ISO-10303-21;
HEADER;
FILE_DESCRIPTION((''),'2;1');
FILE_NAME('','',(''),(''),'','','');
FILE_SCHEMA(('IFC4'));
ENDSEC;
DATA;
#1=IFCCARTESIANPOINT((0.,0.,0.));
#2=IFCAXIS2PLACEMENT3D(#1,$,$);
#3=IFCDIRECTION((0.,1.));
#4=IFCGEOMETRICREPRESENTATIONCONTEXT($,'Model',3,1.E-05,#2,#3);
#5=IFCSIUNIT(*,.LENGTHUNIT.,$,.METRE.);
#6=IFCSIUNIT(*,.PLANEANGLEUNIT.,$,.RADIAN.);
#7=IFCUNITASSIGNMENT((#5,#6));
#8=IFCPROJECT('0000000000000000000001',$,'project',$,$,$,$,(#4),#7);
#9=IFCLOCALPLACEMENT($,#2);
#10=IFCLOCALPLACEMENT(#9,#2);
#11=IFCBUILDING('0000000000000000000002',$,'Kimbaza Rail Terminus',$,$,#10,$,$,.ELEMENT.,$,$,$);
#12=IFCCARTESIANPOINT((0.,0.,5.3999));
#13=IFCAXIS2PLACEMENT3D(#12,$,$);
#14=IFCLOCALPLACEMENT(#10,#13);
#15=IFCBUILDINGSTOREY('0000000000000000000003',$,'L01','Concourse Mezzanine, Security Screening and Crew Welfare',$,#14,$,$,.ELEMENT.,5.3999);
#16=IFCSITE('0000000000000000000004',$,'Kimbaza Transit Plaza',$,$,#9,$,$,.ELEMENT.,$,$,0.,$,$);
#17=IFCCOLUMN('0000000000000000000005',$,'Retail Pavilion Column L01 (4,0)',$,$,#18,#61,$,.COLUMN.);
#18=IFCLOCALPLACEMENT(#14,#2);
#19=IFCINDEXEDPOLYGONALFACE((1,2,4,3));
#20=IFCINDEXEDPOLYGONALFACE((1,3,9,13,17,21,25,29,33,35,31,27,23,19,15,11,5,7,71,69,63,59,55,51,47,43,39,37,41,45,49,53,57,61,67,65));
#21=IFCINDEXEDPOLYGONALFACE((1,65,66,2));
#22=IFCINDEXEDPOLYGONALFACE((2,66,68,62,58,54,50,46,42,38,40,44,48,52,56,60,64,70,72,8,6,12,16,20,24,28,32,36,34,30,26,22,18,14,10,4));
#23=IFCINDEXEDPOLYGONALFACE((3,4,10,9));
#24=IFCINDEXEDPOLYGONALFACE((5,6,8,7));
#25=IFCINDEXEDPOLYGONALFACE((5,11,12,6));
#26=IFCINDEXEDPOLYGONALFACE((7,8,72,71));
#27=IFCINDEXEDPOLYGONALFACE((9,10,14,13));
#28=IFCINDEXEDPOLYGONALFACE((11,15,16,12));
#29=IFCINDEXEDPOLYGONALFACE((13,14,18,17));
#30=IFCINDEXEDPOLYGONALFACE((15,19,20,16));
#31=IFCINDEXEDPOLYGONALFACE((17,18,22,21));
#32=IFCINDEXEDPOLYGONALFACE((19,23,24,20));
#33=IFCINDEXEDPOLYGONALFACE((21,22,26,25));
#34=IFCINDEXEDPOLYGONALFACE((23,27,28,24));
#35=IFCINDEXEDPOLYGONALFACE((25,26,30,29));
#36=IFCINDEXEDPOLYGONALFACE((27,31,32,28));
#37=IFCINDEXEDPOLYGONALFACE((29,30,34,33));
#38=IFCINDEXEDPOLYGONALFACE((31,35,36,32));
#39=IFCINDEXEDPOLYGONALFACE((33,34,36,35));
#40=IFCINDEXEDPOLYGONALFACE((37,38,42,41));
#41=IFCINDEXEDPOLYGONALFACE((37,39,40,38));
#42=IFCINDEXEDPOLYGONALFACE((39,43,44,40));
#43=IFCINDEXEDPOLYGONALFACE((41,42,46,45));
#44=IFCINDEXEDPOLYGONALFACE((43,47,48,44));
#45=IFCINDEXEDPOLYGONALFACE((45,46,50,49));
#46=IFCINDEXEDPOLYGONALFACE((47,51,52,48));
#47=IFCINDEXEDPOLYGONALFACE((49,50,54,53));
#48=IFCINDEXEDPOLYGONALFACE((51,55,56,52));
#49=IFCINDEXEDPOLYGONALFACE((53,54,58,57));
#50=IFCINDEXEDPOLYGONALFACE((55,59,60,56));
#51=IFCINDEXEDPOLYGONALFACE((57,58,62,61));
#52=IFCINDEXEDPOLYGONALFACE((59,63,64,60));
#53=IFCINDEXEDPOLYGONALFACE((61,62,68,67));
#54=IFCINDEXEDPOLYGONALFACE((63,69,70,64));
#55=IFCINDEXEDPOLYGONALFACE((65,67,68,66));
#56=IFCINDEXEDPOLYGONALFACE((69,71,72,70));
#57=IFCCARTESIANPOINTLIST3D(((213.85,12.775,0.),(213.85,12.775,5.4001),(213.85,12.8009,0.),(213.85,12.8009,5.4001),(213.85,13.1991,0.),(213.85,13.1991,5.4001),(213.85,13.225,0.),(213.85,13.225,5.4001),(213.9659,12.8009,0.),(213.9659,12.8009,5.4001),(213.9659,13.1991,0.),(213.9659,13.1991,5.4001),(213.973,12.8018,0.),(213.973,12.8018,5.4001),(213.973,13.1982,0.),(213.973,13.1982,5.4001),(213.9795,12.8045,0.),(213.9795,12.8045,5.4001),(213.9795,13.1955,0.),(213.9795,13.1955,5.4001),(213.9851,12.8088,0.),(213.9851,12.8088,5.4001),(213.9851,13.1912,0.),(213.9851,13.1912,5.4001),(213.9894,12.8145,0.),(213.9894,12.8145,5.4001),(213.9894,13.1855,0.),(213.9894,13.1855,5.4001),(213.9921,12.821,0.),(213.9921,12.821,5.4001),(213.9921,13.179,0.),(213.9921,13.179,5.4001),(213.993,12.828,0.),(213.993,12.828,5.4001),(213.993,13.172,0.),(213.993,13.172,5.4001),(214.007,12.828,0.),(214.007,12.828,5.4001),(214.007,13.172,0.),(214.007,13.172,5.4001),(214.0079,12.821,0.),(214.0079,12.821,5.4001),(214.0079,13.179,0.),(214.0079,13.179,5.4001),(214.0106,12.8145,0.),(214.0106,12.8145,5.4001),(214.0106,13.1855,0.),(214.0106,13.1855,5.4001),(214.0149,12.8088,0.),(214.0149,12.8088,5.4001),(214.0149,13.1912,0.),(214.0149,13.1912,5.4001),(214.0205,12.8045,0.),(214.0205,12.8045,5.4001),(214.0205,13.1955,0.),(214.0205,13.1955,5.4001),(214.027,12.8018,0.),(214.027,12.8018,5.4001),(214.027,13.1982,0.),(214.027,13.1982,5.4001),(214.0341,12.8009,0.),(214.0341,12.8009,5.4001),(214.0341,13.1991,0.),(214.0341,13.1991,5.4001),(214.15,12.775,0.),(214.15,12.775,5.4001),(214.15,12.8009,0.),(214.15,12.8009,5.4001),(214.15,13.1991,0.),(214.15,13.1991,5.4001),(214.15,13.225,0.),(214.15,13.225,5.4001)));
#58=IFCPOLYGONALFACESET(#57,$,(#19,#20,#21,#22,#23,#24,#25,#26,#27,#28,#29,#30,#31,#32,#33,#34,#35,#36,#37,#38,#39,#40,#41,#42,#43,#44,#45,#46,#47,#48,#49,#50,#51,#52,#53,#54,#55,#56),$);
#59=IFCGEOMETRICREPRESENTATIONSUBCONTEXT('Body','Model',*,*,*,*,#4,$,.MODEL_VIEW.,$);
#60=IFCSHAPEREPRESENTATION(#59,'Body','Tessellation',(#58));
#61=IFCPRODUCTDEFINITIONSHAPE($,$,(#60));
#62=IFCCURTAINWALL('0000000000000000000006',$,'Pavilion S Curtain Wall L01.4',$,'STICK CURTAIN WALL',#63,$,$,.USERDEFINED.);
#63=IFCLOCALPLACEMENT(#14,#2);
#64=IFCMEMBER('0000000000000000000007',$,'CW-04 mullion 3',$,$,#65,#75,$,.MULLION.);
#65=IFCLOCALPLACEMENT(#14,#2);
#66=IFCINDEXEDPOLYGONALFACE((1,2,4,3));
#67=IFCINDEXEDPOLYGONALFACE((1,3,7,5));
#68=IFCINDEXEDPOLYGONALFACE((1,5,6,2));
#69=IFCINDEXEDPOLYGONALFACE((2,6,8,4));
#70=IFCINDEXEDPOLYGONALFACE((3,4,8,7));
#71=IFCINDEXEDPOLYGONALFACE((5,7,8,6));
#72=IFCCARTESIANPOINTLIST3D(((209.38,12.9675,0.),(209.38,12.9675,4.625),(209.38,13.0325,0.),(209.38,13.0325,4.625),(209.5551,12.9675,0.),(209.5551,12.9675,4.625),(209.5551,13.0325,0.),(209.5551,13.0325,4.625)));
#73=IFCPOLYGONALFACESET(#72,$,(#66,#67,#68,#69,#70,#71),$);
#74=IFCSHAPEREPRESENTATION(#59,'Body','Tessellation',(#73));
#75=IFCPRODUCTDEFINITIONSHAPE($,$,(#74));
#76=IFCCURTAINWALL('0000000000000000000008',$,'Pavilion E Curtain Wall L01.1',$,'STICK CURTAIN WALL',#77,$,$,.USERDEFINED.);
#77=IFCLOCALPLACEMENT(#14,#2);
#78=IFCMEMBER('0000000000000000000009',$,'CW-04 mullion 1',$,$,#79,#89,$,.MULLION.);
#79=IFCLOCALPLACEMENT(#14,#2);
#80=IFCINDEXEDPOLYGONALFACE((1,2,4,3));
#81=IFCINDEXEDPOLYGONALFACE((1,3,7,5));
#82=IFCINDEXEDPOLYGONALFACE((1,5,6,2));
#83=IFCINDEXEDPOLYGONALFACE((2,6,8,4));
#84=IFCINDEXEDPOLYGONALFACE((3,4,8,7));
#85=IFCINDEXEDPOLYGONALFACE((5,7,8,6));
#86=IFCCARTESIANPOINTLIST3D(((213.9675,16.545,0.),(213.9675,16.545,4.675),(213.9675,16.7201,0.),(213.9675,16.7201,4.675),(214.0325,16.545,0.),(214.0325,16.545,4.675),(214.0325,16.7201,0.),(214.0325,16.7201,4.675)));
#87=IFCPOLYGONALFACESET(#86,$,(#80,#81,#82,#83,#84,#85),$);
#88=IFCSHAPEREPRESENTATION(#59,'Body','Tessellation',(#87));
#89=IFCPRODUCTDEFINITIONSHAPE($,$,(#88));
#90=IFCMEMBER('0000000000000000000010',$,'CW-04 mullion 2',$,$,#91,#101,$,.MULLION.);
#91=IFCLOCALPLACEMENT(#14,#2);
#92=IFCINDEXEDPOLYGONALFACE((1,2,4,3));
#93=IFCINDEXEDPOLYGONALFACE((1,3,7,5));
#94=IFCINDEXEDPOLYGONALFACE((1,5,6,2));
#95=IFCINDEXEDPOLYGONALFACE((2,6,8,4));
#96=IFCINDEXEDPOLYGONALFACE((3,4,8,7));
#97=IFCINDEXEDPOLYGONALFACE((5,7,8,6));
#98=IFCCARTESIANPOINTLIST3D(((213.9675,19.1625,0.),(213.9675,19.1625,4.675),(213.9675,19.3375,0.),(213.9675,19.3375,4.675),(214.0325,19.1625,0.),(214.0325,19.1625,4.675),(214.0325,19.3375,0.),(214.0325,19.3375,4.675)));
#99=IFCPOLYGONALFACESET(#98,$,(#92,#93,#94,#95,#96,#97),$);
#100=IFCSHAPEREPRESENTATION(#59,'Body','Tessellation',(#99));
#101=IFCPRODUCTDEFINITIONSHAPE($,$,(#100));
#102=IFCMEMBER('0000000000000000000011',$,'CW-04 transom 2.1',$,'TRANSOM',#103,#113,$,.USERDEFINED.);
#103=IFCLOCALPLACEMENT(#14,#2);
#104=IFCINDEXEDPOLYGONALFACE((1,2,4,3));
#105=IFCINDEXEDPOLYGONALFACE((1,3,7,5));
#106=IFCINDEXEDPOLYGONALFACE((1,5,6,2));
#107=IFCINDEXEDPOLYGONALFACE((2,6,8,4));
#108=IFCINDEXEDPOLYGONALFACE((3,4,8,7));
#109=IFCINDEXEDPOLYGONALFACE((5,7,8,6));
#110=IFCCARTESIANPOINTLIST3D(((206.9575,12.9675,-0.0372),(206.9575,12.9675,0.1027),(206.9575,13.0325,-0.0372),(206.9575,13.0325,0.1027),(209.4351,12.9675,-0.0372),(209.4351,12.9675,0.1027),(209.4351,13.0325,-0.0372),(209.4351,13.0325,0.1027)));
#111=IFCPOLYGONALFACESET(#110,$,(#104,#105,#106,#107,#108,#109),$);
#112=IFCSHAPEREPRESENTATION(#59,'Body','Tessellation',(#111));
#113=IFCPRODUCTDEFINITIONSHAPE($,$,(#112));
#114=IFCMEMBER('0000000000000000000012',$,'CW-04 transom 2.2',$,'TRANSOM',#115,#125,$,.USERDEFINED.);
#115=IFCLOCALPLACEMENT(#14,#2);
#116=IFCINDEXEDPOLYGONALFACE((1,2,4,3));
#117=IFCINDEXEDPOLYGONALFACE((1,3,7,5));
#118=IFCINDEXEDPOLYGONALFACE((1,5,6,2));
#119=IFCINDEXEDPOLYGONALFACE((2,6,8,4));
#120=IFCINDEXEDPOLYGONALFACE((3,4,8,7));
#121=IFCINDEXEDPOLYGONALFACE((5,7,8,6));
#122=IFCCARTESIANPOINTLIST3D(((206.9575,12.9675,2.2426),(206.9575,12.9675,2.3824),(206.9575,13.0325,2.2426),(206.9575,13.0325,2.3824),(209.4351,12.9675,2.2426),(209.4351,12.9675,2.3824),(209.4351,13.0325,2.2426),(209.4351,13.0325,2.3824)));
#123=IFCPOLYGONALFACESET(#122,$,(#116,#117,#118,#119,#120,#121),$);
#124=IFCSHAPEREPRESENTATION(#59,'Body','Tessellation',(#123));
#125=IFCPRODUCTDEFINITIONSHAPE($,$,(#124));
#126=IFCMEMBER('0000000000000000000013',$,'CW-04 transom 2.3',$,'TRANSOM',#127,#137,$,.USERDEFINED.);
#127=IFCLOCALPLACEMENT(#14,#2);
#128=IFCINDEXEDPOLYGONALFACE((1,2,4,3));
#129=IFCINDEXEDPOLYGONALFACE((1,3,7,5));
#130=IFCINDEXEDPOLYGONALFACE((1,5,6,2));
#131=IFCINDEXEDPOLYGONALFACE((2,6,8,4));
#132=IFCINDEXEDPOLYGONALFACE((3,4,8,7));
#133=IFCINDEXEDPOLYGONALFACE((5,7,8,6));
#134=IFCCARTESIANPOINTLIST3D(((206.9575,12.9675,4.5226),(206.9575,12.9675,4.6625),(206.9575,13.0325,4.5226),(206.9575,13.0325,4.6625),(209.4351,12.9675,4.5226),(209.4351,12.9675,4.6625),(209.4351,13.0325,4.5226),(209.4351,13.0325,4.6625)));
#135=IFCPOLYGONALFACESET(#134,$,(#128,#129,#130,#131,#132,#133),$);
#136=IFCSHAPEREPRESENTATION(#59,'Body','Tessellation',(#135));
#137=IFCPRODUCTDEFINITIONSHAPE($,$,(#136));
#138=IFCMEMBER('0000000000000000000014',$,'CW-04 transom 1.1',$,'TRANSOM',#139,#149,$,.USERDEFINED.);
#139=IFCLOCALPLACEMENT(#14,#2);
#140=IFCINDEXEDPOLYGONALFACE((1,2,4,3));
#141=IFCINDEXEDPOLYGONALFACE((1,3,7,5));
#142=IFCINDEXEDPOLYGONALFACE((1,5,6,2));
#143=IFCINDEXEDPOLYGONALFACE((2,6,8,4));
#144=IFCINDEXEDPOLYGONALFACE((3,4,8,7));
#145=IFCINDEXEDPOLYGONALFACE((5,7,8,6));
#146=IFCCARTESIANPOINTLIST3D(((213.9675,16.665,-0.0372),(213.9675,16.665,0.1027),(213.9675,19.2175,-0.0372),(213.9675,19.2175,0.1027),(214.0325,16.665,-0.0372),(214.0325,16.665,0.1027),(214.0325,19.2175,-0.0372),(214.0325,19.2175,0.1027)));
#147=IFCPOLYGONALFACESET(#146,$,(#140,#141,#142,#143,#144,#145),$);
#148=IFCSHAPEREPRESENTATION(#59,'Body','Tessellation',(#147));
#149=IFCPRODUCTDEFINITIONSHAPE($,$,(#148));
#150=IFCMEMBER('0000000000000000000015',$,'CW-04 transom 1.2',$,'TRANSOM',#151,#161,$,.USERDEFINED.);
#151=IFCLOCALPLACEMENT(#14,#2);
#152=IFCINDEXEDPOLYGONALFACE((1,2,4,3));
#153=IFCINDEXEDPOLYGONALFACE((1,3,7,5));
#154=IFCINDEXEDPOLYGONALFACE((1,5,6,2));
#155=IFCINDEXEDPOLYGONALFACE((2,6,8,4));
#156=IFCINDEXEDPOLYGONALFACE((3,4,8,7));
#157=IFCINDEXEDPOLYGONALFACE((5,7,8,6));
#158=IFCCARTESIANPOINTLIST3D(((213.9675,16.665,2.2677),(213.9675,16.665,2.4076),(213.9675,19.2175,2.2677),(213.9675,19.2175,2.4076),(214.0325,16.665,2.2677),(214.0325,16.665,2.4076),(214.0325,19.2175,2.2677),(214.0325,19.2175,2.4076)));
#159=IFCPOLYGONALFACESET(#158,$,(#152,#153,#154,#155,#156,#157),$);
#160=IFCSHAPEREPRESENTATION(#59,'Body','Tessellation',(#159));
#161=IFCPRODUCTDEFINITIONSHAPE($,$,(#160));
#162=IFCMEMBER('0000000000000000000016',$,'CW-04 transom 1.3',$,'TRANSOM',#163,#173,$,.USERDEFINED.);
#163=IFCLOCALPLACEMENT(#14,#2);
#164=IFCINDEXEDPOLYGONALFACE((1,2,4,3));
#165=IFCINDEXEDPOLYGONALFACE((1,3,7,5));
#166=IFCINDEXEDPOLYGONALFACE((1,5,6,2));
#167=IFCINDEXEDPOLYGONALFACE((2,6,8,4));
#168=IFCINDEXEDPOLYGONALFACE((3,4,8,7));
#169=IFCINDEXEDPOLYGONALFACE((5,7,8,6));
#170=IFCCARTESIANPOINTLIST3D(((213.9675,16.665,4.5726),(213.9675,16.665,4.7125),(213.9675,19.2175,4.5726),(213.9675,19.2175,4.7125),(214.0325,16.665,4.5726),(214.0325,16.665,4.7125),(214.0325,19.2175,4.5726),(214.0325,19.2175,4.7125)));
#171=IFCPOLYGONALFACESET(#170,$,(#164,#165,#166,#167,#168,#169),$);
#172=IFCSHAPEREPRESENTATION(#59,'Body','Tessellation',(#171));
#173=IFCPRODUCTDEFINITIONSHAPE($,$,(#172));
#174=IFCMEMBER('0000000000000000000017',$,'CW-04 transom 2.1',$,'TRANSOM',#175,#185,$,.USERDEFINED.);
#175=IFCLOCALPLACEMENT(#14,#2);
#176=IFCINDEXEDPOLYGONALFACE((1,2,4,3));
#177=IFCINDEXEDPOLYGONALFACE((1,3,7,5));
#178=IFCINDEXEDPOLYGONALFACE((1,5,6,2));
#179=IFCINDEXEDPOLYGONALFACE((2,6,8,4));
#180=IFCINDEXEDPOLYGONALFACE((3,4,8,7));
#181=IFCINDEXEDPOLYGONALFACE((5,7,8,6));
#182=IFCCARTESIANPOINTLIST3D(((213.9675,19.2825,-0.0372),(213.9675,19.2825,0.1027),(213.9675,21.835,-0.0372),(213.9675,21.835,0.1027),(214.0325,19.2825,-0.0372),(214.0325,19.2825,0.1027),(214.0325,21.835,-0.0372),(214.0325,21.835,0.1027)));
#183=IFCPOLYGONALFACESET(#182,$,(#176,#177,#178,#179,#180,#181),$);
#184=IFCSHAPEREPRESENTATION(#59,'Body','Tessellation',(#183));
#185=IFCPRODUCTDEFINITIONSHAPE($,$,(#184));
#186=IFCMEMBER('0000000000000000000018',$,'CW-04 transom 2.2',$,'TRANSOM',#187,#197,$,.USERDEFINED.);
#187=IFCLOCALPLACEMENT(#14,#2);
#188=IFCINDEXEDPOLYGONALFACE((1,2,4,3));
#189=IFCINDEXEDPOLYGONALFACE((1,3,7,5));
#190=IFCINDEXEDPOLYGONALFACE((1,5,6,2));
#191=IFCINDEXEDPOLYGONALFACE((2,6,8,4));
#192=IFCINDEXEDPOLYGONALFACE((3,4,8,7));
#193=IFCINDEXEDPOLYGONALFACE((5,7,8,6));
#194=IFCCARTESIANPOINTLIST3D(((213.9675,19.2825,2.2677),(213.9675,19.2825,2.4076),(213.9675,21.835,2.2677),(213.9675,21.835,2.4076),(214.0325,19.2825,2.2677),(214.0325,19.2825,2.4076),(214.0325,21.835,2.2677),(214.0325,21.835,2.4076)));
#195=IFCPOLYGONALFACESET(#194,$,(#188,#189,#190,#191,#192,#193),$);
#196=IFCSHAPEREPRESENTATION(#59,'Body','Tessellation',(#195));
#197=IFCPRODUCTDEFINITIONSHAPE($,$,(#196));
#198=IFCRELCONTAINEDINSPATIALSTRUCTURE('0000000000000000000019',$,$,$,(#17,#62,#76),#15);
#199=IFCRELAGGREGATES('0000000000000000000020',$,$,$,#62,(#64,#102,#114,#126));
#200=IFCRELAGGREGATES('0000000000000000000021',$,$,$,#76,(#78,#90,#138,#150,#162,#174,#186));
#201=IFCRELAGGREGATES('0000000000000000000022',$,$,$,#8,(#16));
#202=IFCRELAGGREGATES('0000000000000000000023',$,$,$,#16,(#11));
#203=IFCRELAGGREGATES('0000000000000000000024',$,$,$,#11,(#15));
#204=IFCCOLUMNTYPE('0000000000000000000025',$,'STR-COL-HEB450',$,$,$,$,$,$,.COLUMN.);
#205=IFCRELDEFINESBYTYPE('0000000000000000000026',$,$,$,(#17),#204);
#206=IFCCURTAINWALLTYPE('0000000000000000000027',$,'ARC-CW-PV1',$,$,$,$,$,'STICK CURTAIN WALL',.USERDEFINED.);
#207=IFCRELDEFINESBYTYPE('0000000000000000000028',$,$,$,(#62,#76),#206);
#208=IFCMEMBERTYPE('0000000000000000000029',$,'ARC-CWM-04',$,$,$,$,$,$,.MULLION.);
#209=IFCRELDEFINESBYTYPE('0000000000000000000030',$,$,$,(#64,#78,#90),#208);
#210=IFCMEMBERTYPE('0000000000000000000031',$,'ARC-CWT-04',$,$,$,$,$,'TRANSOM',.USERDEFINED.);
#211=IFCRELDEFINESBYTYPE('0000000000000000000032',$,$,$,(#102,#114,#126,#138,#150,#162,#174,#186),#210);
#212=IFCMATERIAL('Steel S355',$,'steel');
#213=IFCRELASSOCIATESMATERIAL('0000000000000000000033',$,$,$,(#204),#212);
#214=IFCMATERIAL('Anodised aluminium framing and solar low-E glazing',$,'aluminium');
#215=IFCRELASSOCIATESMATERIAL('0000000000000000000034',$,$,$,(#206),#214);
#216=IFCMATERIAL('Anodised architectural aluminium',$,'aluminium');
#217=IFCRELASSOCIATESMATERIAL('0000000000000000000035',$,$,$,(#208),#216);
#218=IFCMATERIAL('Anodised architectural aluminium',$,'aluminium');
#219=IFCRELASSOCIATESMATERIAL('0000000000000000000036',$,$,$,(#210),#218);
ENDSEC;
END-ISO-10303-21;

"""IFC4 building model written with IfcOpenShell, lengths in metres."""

from ifc_helpers import new_model, si_unit, direction, frame, origin, origin_2d, place, context, subcontext, project, spatial, rectangle, i_section, extrude, material, material_profile, profile_set, type_object, element, aggregate, save


model = new_model("IFC4")

# Units and contexts
model_context = context("Model", 3, precision=1e-05, world=origin(), true_north=direction((0.0, 1.0)))
body_context = subcontext(model_context, "Body", "Model", "MODEL_VIEW")
ifc_project = project(units=[si_unit("LENGTHUNIT", "METRE"), si_unit("PLANEANGLEUNIT", "RADIAN")], contexts=[model_context])

# Site, building, storey
site_placement = place(None, origin())
site = spatial("IfcSite", under=ifc_project, at=site_placement, Name="Kimbaza Transit Plaza", CompositionType="ELEMENT", RefElevation=0.0)
building_placement = place(site_placement, origin())
building = spatial("IfcBuilding", under=site, at=building_placement, Name="Kimbaza Rail Terminus", CompositionType="ELEMENT")
storey_placement = place(building_placement, frame((0.0, 0.0, 5.3999)))
storey = spatial("IfcBuildingStorey", under=building, at=storey_placement, Name="L01", Description="Concourse Mezzanine, Security Screening and Crew Welfare", CompositionType="ELEMENT", Elevation=5.3999)

# Column
ifc_material_1 = material(Name="Steel S355", Category="steel")
ifc_material_profile_1 = material_profile(ifc_material_1, i_section(OverallWidth=0.3, OverallDepth=0.45, WebThickness=0.0139, FlangeThickness=0.0259, FilletRadius=0.0271, at=origin_2d()), Name="HEB 450")
ifc_profile_set_1 = profile_set([ifc_material_profile_1], Name="Steel S355")
column_type = type_object("IfcColumnType", Name="STR-COL-HEB450", PredefinedType="COLUMN", material=ifc_profile_set_1)
column_placement = place(storey_placement, frame((214.0, 13.0, 0.0), z_axis=(0.0, 0.0, 1.0), x_axis=(1.0, 0.0, 0.0)))
element("IfcColumn", 1, at=column_placement, inside=storey, type_object=column_type, Name="Retail Pavilion Column L01 (4,0)", PredefinedType="COLUMN", context=body_context, shape_type="SweptSolid", body=[
    extrude(i_section(OverallWidth=0.3, OverallDepth=0.45, WebThickness=0.0139, FlangeThickness=0.0259, FilletRadius=0.0271, at=origin_2d()), origin(), (0.0, 0.0, 1.0), 5.4001),
])

# Curtain wall, member
ifc_material_2 = material(Name="Anodised aluminium framing and solar low-E glazing", Category="aluminium")
curtain_wall_type = type_object("IfcCurtainWallType", Name="ARC-CW-PV1", ElementType="STICK CURTAIN WALL", PredefinedType="USERDEFINED", material=ifc_material_2)
curtain_wall_1_placement = place(storey_placement, origin())
curtain_wall_1 = element("IfcCurtainWall", 2, at=curtain_wall_1_placement, inside=storey, type_object=curtain_wall_type, Name="Pavilion S Curtain Wall L01.4", ObjectType="STICK CURTAIN WALL", PredefinedType="USERDEFINED")
ifc_material_3 = material(Name="Anodised architectural aluminium", Category="aluminium")
ifc_material_profile_2 = material_profile(ifc_material_3, rectangle(XDim=0.0649, YDim=0.175, at=origin_2d()), Name="MULLION 65x175")
ifc_profile_set_2 = profile_set([ifc_material_profile_2], Name="Anodised architectural aluminium")
member_type_1 = type_object("IfcMemberType", Name="ARC-CWM-04", PredefinedType="MULLION", material=ifc_profile_set_2)
member_1_placement = place(storey_placement, frame((209.4675, 13.0, 0.0), z_axis=(0.0, 0.0, 1.0), x_axis=(0.0, 1.0, 0.0)))
member_1 = element("IfcMember", 3, at=member_1_placement, type_object=member_type_1, Name="CW-04 mullion 3", PredefinedType="MULLION", context=body_context, shape_type="SweptSolid", body=[
    extrude(rectangle(XDim=0.0649, YDim=0.175, at=origin_2d()), origin(), (0.0, 0.0, 1.0), 4.625),
])

# Curtain wall, members
curtain_wall_2_placement = place(storey_placement, origin())
curtain_wall_2 = element("IfcCurtainWall", 4, at=curtain_wall_2_placement, inside=storey, type_object=curtain_wall_type, Name="Pavilion E Curtain Wall L01.1", ObjectType="STICK CURTAIN WALL", PredefinedType="USERDEFINED")
member_2_placement = place(storey_placement, frame((214.0, 16.6326, 0.0), z_axis=(0.0, 0.0, 1.0), x_axis=(-1.0, 0.0, 0.0)))
member_2 = element("IfcMember", 5, at=member_2_placement, type_object=member_type_1, Name="CW-04 mullion 1", PredefinedType="MULLION", context=body_context, shape_type="SweptSolid", body=[
    extrude(rectangle(XDim=0.0649, YDim=0.175, at=origin_2d()), origin(), (0.0, 0.0, 1.0), 4.675),
])
member_3_placement = place(storey_placement, frame((214.0, 19.25, 0.0), z_axis=(0.0, 0.0, 1.0), x_axis=(-1.0, 0.0, 0.0)))
member_3 = element("IfcMember", 6, at=member_3_placement, type_object=member_type_1, Name="CW-04 mullion 2", PredefinedType="MULLION", context=body_context, shape_type="SweptSolid", body=[
    extrude(rectangle(XDim=0.0649, YDim=0.175, at=origin_2d()), origin(), (0.0, 0.0, 1.0), 4.675),
])

# Members
ifc_material_4 = material(Name="Anodised architectural aluminium", Category="aluminium")
ifc_material_profile_3 = material_profile(ifc_material_4, rectangle(XDim=0.0649, YDim=0.1399, at=origin_2d()), Name="TRANSOM 65x140")
ifc_profile_set_3 = profile_set([ifc_material_profile_3], Name="Anodised architectural aluminium")
member_type_2 = type_object("IfcMemberType", Name="ARC-CWT-04", ElementType="TRANSOM", PredefinedType="USERDEFINED", material=ifc_profile_set_3)
member_4_placement = place(storey_placement, frame((206.9575, 13.0, 0.0327), z_axis=(1.0, 0.0, 0.0), x_axis=(0.0, 1.0, 0.0)))
member_4 = element("IfcMember", 7, at=member_4_placement, type_object=member_type_2, Name="CW-04 transom 2.1", ObjectType="TRANSOM", PredefinedType="USERDEFINED", context=body_context, shape_type="SweptSolid", body=[
    extrude(rectangle(XDim=0.0649, YDim=0.1399, at=origin_2d()), origin(), (0.0, 0.0, 1.0), 2.4775),
])
member_5_placement = place(storey_placement, frame((206.9575, 13.0, 2.3125), z_axis=(1.0, 0.0, 0.0), x_axis=(0.0, 1.0, 0.0)))
member_5 = element("IfcMember", 8, at=member_5_placement, type_object=member_type_2, Name="CW-04 transom 2.2", ObjectType="TRANSOM", PredefinedType="USERDEFINED", context=body_context, shape_type="SweptSolid", body=[
    extrude(rectangle(XDim=0.0649, YDim=0.1399, at=origin_2d()), origin(), (0.0, 0.0, 1.0), 2.4775),
])
member_6_placement = place(storey_placement, frame((206.9575, 13.0, 4.5925), z_axis=(1.0, 0.0, 0.0), x_axis=(0.0, 1.0, 0.0)))
member_6 = element("IfcMember", 9, at=member_6_placement, type_object=member_type_2, Name="CW-04 transom 2.3", ObjectType="TRANSOM", PredefinedType="USERDEFINED", context=body_context, shape_type="SweptSolid", body=[
    extrude(rectangle(XDim=0.0649, YDim=0.1399, at=origin_2d()), origin(), (0.0, 0.0, 1.0), 2.4775),
])
member_7_placement = place(storey_placement, frame((214.0, 16.665, 0.0327), z_axis=(0.0, 1.0, 0.0), x_axis=(-1.0, 0.0, 0.0)))
member_7 = element("IfcMember", 10, at=member_7_placement, type_object=member_type_2, Name="CW-04 transom 1.1", ObjectType="TRANSOM", PredefinedType="USERDEFINED", context=body_context, shape_type="SweptSolid", body=[
    extrude(rectangle(XDim=0.0649, YDim=0.1399, at=origin_2d()), origin(), (0.0, 0.0, 1.0), 2.5525),
])
member_8_placement = place(storey_placement, frame((214.0, 16.665, 2.3376), z_axis=(0.0, 1.0, 0.0), x_axis=(-1.0, 0.0, 0.0)))
member_8 = element("IfcMember", 11, at=member_8_placement, type_object=member_type_2, Name="CW-04 transom 1.2", ObjectType="TRANSOM", PredefinedType="USERDEFINED", context=body_context, shape_type="SweptSolid", body=[
    extrude(rectangle(XDim=0.0649, YDim=0.1399, at=origin_2d()), origin(), (0.0, 0.0, 1.0), 2.5525),
])
member_9_placement = place(storey_placement, frame((214.0, 16.665, 4.6426), z_axis=(0.0, 1.0, 0.0), x_axis=(-1.0, 0.0, 0.0)))
member_9 = element("IfcMember", 12, at=member_9_placement, type_object=member_type_2, Name="CW-04 transom 1.3", ObjectType="TRANSOM", PredefinedType="USERDEFINED", context=body_context, shape_type="SweptSolid", body=[
    extrude(rectangle(XDim=0.0649, YDim=0.1399, at=origin_2d()), origin(), (0.0, 0.0, 1.0), 2.5525),
])
member_10_placement = place(storey_placement, frame((214.0, 19.2825, 0.0327), z_axis=(0.0, 1.0, 0.0), x_axis=(-1.0, 0.0, 0.0)))
member_10 = element("IfcMember", 13, at=member_10_placement, type_object=member_type_2, Name="CW-04 transom 2.1", ObjectType="TRANSOM", PredefinedType="USERDEFINED", context=body_context, shape_type="SweptSolid", body=[
    extrude(rectangle(XDim=0.0649, YDim=0.1399, at=origin_2d()), origin(), (0.0, 0.0, 1.0), 2.5525),
])
member_11_placement = place(storey_placement, frame((214.0, 19.2825, 2.3376), z_axis=(0.0, 1.0, 0.0), x_axis=(-1.0, 0.0, 0.0)))
member_11 = element("IfcMember", 14, at=member_11_placement, type_object=member_type_2, Name="CW-04 transom 2.2", ObjectType="TRANSOM", PredefinedType="USERDEFINED", context=body_context, shape_type="SweptSolid", body=[
    extrude(rectangle(XDim=0.0649, YDim=0.1399, at=origin_2d()), origin(), (0.0, 0.0, 1.0), 2.5525),
])

aggregate(curtain_wall_1, [member_1, member_4, member_5, member_6])
aggregate(curtain_wall_2, [member_2, member_3, member_7, member_8, member_9, member_10, member_11])

save(model, "model.ifc")
